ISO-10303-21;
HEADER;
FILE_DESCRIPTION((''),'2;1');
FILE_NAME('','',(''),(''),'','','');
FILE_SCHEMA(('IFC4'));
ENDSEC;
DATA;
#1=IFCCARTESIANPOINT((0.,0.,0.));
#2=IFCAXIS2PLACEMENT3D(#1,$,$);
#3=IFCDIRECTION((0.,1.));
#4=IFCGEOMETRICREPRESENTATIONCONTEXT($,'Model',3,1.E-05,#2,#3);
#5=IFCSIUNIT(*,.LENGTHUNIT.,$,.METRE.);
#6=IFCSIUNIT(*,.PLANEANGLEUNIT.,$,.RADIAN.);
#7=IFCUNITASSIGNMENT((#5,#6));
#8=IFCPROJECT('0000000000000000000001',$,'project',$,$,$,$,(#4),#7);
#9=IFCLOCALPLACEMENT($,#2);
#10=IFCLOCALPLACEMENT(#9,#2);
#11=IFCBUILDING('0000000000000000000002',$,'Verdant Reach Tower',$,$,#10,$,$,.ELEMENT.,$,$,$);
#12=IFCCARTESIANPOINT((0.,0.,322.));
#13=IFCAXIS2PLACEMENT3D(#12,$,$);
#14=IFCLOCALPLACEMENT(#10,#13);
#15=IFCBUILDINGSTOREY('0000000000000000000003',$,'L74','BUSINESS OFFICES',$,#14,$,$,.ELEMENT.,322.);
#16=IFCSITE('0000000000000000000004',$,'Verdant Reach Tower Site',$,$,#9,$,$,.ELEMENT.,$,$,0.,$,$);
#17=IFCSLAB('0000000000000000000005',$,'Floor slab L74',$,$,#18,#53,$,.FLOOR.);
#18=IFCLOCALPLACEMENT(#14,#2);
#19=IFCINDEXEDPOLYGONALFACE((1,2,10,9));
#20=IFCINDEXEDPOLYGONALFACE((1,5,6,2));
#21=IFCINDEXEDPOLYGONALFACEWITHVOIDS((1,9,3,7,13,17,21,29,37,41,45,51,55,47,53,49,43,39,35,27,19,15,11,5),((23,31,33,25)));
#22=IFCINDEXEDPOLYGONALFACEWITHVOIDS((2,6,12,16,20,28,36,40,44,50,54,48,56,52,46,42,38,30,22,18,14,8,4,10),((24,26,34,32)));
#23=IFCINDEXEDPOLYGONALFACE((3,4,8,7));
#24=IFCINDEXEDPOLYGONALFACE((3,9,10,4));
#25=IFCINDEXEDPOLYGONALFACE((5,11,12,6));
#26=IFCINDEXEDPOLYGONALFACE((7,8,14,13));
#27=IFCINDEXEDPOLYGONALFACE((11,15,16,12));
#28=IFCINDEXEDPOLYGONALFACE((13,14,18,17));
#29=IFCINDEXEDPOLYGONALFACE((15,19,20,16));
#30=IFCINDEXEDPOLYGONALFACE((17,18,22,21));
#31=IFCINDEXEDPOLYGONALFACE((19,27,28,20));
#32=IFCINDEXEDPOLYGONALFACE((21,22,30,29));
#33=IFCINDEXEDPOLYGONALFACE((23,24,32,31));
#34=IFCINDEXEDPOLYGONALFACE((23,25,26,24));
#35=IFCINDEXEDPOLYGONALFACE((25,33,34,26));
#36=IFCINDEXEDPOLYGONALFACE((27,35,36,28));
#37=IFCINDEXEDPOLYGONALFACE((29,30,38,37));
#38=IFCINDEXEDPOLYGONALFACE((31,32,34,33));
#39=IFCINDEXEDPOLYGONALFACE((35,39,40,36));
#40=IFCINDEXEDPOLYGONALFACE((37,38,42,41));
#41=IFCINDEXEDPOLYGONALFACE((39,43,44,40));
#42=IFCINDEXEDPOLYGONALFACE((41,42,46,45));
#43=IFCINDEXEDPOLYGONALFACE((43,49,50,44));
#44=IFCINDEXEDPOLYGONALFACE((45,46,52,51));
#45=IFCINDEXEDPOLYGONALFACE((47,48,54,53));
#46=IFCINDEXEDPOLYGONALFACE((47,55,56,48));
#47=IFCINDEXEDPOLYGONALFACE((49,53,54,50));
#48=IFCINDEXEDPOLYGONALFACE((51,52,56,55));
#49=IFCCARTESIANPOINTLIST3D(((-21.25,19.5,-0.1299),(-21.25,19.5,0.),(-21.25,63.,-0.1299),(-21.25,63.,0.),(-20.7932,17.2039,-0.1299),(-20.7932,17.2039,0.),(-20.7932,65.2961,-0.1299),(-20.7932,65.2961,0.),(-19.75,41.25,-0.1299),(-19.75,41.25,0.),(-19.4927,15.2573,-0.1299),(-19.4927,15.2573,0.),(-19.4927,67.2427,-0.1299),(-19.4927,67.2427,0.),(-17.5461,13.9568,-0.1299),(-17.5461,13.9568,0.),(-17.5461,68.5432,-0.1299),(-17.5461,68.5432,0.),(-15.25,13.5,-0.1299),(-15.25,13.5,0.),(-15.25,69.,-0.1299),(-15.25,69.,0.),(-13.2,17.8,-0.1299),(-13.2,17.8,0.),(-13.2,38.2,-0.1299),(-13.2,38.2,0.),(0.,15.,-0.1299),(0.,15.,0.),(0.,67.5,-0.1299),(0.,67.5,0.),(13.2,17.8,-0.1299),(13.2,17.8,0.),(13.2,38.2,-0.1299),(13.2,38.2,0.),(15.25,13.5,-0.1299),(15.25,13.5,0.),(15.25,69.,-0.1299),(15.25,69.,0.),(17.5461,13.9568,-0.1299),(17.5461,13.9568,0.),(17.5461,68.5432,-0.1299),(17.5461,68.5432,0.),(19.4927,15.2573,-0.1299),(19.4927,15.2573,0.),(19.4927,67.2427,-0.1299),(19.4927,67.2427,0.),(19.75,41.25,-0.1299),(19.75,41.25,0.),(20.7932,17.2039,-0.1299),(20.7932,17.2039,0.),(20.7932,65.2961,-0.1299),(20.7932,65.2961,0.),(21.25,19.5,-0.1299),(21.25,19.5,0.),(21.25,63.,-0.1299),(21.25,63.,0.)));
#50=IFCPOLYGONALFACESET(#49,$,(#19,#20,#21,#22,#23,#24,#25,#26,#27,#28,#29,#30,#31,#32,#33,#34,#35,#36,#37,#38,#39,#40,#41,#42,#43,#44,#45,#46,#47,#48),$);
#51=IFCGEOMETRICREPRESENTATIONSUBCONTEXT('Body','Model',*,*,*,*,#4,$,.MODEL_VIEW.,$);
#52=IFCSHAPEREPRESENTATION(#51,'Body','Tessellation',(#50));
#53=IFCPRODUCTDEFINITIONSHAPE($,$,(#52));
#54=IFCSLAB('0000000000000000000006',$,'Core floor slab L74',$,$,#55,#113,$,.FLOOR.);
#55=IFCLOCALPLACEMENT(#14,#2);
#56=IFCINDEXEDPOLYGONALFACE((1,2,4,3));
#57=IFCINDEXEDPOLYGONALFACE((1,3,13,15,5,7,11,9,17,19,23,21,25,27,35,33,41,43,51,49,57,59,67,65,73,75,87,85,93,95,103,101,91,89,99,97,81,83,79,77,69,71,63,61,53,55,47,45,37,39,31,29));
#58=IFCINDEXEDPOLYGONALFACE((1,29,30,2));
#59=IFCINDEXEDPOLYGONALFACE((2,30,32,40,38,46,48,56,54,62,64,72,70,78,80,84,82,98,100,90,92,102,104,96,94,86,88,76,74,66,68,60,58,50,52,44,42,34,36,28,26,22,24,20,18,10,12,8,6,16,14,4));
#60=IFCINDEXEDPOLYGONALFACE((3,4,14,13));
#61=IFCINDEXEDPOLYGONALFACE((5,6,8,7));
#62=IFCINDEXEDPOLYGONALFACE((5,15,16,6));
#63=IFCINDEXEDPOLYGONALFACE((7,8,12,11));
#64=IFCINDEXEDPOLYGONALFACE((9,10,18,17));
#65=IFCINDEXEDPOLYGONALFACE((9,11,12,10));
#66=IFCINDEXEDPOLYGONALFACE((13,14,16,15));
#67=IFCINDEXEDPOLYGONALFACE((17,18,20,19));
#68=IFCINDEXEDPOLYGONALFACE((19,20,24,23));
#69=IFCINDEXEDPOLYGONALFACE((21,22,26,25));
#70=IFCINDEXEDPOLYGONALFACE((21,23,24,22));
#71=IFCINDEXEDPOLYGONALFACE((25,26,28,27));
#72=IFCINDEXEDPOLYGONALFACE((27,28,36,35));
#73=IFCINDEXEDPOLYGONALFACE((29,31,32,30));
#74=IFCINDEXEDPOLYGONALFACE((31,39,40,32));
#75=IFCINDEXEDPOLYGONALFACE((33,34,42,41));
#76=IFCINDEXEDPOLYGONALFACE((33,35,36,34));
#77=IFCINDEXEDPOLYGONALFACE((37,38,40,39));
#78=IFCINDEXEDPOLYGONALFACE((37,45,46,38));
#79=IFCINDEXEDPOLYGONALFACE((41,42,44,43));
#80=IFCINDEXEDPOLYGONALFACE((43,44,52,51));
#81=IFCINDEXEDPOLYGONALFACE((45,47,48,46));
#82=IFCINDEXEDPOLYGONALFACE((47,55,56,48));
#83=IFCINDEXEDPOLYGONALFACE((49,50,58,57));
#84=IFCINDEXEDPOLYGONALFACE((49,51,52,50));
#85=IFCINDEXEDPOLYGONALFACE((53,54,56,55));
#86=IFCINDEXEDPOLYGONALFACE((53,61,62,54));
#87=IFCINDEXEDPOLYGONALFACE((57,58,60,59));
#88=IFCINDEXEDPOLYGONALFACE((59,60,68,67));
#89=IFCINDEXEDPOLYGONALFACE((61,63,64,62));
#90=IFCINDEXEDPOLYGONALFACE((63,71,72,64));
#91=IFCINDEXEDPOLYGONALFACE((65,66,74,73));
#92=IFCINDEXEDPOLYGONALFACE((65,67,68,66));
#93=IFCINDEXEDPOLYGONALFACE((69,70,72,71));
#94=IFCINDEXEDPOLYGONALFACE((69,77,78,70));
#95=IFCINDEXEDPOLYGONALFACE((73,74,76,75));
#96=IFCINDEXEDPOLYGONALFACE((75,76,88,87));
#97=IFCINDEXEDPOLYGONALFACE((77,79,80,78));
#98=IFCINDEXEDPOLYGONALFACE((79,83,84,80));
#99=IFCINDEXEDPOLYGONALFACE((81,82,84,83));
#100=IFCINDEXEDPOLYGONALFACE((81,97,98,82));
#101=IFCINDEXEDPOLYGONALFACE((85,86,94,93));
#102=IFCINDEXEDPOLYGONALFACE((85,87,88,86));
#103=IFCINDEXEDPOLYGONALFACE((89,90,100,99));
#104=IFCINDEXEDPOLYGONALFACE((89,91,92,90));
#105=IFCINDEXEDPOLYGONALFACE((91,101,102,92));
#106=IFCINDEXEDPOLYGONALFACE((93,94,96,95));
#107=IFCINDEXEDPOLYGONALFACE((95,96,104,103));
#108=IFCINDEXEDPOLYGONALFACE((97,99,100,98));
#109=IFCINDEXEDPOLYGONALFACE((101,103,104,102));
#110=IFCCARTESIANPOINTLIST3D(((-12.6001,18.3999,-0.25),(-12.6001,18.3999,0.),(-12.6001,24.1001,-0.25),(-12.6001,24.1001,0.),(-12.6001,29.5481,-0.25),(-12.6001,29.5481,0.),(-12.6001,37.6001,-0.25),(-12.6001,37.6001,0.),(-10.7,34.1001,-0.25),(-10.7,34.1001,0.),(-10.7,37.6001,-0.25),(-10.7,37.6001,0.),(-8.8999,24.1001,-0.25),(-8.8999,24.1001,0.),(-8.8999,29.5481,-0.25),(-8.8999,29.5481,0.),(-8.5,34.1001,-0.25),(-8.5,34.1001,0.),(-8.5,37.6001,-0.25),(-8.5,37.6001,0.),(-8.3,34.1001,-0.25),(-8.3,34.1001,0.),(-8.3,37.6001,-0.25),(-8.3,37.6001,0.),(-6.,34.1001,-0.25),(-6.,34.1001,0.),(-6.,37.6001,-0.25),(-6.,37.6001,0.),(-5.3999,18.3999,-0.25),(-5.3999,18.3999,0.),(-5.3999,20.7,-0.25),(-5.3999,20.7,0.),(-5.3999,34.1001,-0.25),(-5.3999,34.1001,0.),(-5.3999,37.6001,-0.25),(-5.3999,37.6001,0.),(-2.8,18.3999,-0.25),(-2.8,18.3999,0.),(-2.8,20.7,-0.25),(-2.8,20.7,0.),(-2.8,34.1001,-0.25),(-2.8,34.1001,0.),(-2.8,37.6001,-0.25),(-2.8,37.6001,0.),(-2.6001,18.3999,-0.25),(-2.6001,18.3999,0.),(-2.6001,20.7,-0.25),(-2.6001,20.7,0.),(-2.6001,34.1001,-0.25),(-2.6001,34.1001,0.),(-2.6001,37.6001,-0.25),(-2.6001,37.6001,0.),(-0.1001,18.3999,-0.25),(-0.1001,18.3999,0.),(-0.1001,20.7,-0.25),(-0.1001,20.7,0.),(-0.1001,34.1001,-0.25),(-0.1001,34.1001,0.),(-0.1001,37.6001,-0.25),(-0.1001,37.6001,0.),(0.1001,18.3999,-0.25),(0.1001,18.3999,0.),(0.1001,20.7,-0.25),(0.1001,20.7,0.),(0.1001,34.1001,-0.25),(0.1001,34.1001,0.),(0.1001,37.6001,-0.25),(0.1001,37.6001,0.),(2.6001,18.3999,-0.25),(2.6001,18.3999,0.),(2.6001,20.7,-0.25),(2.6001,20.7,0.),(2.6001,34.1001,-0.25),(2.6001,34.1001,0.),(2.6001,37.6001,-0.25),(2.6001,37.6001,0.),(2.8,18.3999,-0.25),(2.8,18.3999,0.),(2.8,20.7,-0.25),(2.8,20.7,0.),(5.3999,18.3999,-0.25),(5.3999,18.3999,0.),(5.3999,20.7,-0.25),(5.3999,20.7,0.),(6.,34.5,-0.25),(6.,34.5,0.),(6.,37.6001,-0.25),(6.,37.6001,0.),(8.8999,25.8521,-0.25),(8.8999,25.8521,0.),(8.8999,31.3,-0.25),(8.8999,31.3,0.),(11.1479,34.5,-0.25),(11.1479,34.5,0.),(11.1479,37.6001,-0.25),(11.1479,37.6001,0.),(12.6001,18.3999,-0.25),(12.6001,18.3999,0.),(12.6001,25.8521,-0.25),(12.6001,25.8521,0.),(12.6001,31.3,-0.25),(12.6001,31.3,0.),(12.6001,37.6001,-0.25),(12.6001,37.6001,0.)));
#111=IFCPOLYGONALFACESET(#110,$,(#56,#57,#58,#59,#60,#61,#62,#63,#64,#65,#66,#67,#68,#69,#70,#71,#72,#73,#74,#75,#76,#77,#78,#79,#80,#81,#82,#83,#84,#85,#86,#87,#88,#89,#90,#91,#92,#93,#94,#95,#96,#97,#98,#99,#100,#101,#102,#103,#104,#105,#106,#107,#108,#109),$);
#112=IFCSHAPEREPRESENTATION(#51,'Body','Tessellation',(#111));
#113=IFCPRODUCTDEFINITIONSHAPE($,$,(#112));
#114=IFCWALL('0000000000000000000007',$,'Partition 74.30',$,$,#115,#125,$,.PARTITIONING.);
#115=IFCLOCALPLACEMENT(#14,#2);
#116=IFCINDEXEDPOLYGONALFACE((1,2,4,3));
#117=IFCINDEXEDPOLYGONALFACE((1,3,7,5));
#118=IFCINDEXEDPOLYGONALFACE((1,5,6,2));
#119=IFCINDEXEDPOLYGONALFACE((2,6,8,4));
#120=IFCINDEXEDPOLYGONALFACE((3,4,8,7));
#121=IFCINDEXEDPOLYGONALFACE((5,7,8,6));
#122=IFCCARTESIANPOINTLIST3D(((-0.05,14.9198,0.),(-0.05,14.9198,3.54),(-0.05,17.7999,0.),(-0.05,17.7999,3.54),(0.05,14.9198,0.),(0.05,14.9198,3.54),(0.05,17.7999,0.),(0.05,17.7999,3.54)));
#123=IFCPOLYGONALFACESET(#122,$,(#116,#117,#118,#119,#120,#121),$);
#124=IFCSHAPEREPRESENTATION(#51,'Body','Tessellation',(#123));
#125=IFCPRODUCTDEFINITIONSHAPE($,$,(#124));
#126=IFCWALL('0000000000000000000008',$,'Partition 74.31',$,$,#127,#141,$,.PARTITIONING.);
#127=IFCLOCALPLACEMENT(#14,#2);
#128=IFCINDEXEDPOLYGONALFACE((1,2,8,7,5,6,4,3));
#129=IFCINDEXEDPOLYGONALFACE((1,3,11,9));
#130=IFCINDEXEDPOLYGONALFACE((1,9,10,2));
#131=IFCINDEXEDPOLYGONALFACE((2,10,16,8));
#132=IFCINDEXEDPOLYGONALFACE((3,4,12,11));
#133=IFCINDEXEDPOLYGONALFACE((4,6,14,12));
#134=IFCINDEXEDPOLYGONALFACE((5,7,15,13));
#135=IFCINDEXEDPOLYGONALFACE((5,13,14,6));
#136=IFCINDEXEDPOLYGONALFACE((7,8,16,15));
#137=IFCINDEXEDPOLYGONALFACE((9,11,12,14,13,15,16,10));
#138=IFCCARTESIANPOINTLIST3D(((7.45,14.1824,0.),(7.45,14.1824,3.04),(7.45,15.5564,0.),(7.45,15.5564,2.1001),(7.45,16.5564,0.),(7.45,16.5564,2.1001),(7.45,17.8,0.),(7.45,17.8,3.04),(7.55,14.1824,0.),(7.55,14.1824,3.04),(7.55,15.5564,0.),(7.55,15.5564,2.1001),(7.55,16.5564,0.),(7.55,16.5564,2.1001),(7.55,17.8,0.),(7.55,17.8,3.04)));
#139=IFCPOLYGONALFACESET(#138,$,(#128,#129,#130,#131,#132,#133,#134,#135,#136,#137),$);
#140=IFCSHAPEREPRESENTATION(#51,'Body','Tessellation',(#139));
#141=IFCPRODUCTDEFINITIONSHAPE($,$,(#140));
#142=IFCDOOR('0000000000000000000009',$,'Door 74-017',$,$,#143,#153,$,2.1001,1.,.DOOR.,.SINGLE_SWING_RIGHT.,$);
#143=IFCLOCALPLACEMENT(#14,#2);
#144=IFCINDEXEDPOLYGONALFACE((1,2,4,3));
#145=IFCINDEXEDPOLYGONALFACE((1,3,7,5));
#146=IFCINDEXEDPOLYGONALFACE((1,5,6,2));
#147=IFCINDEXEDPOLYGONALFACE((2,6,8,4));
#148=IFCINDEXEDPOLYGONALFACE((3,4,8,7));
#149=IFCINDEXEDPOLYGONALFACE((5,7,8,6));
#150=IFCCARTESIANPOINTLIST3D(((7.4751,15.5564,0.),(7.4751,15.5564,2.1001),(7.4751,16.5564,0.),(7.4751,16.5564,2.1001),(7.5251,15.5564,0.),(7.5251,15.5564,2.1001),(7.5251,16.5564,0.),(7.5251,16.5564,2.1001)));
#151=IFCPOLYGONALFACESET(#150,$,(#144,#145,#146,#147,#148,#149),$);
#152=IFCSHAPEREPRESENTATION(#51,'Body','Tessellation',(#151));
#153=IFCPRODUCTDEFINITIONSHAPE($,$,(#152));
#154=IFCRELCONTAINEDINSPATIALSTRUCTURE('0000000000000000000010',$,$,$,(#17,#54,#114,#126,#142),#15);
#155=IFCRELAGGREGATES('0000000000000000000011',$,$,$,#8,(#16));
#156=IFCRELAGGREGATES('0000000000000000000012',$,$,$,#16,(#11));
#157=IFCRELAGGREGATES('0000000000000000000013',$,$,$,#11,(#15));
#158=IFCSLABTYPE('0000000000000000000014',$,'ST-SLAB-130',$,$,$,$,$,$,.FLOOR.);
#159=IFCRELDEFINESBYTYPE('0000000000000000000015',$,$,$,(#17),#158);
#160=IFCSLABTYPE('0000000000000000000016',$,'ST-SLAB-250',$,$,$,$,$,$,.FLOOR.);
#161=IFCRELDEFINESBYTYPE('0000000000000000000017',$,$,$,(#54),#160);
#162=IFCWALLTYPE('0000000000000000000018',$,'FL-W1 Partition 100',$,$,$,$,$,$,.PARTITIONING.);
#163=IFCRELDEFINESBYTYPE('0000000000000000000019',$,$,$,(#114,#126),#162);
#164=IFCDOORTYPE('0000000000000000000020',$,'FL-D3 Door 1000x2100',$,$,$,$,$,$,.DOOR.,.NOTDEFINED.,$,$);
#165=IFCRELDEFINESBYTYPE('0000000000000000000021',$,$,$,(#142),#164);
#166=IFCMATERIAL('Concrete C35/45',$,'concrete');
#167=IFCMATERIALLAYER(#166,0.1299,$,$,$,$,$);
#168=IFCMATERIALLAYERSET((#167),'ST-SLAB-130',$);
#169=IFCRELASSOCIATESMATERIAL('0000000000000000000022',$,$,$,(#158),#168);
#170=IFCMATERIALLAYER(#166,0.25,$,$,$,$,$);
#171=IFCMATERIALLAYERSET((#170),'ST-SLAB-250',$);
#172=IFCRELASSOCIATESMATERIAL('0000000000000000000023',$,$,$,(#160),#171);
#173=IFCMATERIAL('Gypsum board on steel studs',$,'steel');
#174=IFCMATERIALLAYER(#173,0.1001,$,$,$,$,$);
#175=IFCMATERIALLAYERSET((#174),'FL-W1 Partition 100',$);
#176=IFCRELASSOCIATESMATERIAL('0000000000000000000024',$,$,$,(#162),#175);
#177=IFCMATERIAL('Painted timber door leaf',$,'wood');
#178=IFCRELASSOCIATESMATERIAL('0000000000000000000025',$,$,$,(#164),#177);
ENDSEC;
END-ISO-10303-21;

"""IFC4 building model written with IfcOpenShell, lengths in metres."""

from ifc_helpers import new_model, si_unit, direction, frame, frame_2d, origin, place, context, subcontext, project, spatial, polyline, rectangle, outline, extrude, material, layer, layer_set, type_object, element, fill, save


model = new_model("IFC4")

# Units and contexts
model_context = context("Model", 3, precision=1e-05, world=origin(), true_north=direction((0.0, 1.0)))
body_context = subcontext(model_context, "Body", "Model", "MODEL_VIEW")
ifc_project = project(units=[si_unit("LENGTHUNIT", "METRE"), si_unit("PLANEANGLEUNIT", "RADIAN")], contexts=[model_context])

# Site, building, storey
site_placement = place(None, origin())
site = spatial("IfcSite", under=ifc_project, at=site_placement, Name="Verdant Reach Tower Site", CompositionType="ELEMENT", RefElevation=0.0)
building_placement = place(site_placement, origin())
building = spatial("IfcBuilding", under=site, at=building_placement, Name="Verdant Reach Tower", CompositionType="ELEMENT")
storey_placement = place(building_placement, frame((0.0, 0.0, 322.0)))
storey = spatial("IfcBuildingStorey", under=building, at=storey_placement, Name="L74", Description="BUSINESS OFFICES", CompositionType="ELEMENT", Elevation=322.0)

# Slabs
ifc_material_1 = material(Name="Concrete C35/45", Category="concrete")
ifc_layer_1 = layer(ifc_material_1, 0.1299)
ifc_layer_set_1 = layer_set([ifc_layer_1], Name="ST-SLAB-130")
slab_type_1 = type_object("IfcSlabType", Name="ST-SLAB-130", PredefinedType="FLOOR", material=ifc_layer_set_1)
slab_1_placement = place(storey_placement, frame((0.0, 0.0, -0.1299)))
element("IfcSlab", 1, at=slab_1_placement, inside=storey, type_object=slab_type_1, Name="Floor slab L74", PredefinedType="FLOOR", context=body_context, shape_type="SweptSolid", body=[
    extrude(outline(polyline([(0.0, 15.0), (-15.25, 13.5), (-17.5461, 13.9568), (-19.4927, 15.2573), (-20.7932, 17.2039), (-21.25, 19.5), (-19.75, 41.25), (-21.25, 63.0), (-20.7932, 65.2961), (-19.4927, 67.2427), (-17.5461, 68.5432), (-15.25, 69.0), (0.0, 67.5), (15.25, 69.0), (17.5461, 68.5432), (19.4927, 67.2427), (20.7932, 65.2961), (21.25, 63.0), (19.75, 41.25), (21.25, 19.5), (20.7932, 17.2039), (19.4927, 15.2573), (17.5461, 13.9568), (15.25, 13.5), (0.0, 15.0)]), holes=[polyline([(13.2, 38.2), (-13.2, 38.2), (-13.2, 17.8), (13.2, 17.8), (13.2, 38.2)])]), origin(), (0.0, 0.0, 1.0), 0.1299),
])
ifc_layer_2 = layer(ifc_material_1, 0.25)
ifc_layer_set_2 = layer_set([ifc_layer_2], Name="ST-SLAB-250")
slab_type_2 = type_object("IfcSlabType", Name="ST-SLAB-250", PredefinedType="FLOOR", material=ifc_layer_set_2)
slab_2_placement = place(storey_placement, frame((0.0, 0.0, -0.25)))
element("IfcSlab", 2, at=slab_2_placement, inside=storey, type_object=slab_type_2, Name="Core floor slab L74", PredefinedType="FLOOR", context=body_context, shape_type="SweptSolid", body=[
    extrude(outline(polyline([(12.6001, 18.3999), (5.3999, 18.3999), (5.3999, 20.7), (2.8, 20.7), (2.8, 18.3999), (2.6001, 18.3999), (2.6001, 20.7), (0.1001, 20.7), (0.1001, 18.3999), (-0.1001, 18.3999), (-0.1001, 20.7), (-2.6001, 20.7), (-2.6001, 18.3999), (-2.8, 18.3999), (-2.8, 20.7), (-5.3999, 20.7), (-5.3999, 18.3999), (-12.6001, 18.3999), (-12.6001, 24.1001), (-8.8999, 24.1001), (-8.8999, 29.5481), (-12.6001, 29.5481), (-12.6001, 37.6001), (-10.7, 37.6001), (-10.7, 34.1001), (-8.5, 34.1001), (-8.5, 37.6001), (-8.3, 37.6001), (-8.3, 34.1001), (-6.0, 34.1001), (-6.0, 37.6001), (-5.3999, 37.6001), (-5.3999, 34.1001), (-2.8, 34.1001), (-2.8, 37.6001), (-2.6001, 37.6001), (-2.6001, 34.1001), (-0.1001, 34.1001), (-0.1001, 37.6001), (0.1001, 37.6001), (0.1001, 34.1001), (2.6001, 34.1001), (2.6001, 37.6001), (6.0, 37.6001), (6.0, 34.5), (11.1479, 34.5), (11.1479, 37.6001), (12.6001, 37.6001), (12.6001, 31.3), (8.8999, 31.3), (8.8999, 25.8521), (12.6001, 25.8521), (12.6001, 18.3999)])), origin(), (0.0, 0.0, 1.0), 0.25),
])

# Wall
ifc_material_2 = material(Name="Gypsum board on steel studs", Category="steel")
ifc_layer_3 = layer(ifc_material_2, 0.1001)
ifc_layer_set_3 = layer_set([ifc_layer_3], Name="FL-W1 Partition 100")
wall_type_1 = type_object("IfcWallType", Name="FL-W1 Partition 100", PredefinedType="PARTITIONING", material=ifc_layer_set_3)
wall_1_placement = place(storey_placement, frame((0.0, 14.9199, 0.0), z_axis=(0.0, 0.0, 1.0), x_axis=(0.0, 1.0, 0.0)))
element("IfcWall", 3, at=wall_1_placement, inside=storey, type_object=wall_type_1, Name="Partition 74.30", PredefinedType="PARTITIONING", context=body_context, shape_type="SweptSolid", body=[
    extrude(rectangle(XDim=2.8801, YDim=0.1001, at=frame_2d((1.4399, 0.0))), origin(), (0.0, 0.0, 1.0), 3.54),
])

# Wall, opening, door
wall_2_placement = place(storey_placement, frame((7.5, 14.1824, 0.0), z_axis=(0.0, 0.0, 1.0), x_axis=(0.0, 1.0, 0.0)))
wall_2 = element("IfcWall", 4, at=wall_2_placement, inside=storey, type_object=wall_type_1, Name="Partition 74.31", PredefinedType="PARTITIONING", context=body_context, shape_type="SweptSolid", body=[
    extrude(rectangle(XDim=3.6177, YDim=0.1001, at=frame_2d((1.8088, 0.0))), origin(), (0.0, 0.0, 1.0), 3.04),
])
opening_1_placement = place(wall_2_placement, frame((1.374, 0.0, 0.0)))
opening_1 = element("IfcOpeningElement", 5, at=opening_1_placement, cuts=wall_2, PredefinedType="OPENING", context=body_context, shape_type="SweptSolid", body=[
    extrude(rectangle(XDim=1.0, YDim=2.1001, at=frame_2d((0.5, 1.05))), frame((0.0, 0.0601, 0.0), z_axis=(0.0, -1.0, 0.0), x_axis=(1.0, 0.0, 0.0)), (0.0, 0.0, 1.0), 0.1201),
])
ifc_material_3 = material(Name="Painted timber door leaf", Category="wood")
door_type_1 = type_object("IfcDoorType", Name="FL-D3 Door 1000x2100", OperationType="NOTDEFINED", PredefinedType="DOOR", material=ifc_material_3)
door_1_placement = place(opening_1_placement, origin())
door_1 = element("IfcDoor", 6, at=door_1_placement, inside=storey, type_object=door_type_1, Name="Door 74-017", OperationType="SINGLE_SWING_RIGHT", OverallHeight=2.1001, OverallWidth=1.0, PredefinedType="DOOR", context=body_context, shape_type="SweptSolid", body=[
    extrude(rectangle(XDim=1.0, YDim=2.1001, at=frame_2d((0.5, 1.05))), frame((0.0, 0.0249, 0.0), z_axis=(0.0, -1.0, 0.0), x_axis=(1.0, 0.0, 0.0)), (0.0, 0.0, 1.0), 0.05),
])
fill(opening_1, door_1)

save(model, "model.ifc")
